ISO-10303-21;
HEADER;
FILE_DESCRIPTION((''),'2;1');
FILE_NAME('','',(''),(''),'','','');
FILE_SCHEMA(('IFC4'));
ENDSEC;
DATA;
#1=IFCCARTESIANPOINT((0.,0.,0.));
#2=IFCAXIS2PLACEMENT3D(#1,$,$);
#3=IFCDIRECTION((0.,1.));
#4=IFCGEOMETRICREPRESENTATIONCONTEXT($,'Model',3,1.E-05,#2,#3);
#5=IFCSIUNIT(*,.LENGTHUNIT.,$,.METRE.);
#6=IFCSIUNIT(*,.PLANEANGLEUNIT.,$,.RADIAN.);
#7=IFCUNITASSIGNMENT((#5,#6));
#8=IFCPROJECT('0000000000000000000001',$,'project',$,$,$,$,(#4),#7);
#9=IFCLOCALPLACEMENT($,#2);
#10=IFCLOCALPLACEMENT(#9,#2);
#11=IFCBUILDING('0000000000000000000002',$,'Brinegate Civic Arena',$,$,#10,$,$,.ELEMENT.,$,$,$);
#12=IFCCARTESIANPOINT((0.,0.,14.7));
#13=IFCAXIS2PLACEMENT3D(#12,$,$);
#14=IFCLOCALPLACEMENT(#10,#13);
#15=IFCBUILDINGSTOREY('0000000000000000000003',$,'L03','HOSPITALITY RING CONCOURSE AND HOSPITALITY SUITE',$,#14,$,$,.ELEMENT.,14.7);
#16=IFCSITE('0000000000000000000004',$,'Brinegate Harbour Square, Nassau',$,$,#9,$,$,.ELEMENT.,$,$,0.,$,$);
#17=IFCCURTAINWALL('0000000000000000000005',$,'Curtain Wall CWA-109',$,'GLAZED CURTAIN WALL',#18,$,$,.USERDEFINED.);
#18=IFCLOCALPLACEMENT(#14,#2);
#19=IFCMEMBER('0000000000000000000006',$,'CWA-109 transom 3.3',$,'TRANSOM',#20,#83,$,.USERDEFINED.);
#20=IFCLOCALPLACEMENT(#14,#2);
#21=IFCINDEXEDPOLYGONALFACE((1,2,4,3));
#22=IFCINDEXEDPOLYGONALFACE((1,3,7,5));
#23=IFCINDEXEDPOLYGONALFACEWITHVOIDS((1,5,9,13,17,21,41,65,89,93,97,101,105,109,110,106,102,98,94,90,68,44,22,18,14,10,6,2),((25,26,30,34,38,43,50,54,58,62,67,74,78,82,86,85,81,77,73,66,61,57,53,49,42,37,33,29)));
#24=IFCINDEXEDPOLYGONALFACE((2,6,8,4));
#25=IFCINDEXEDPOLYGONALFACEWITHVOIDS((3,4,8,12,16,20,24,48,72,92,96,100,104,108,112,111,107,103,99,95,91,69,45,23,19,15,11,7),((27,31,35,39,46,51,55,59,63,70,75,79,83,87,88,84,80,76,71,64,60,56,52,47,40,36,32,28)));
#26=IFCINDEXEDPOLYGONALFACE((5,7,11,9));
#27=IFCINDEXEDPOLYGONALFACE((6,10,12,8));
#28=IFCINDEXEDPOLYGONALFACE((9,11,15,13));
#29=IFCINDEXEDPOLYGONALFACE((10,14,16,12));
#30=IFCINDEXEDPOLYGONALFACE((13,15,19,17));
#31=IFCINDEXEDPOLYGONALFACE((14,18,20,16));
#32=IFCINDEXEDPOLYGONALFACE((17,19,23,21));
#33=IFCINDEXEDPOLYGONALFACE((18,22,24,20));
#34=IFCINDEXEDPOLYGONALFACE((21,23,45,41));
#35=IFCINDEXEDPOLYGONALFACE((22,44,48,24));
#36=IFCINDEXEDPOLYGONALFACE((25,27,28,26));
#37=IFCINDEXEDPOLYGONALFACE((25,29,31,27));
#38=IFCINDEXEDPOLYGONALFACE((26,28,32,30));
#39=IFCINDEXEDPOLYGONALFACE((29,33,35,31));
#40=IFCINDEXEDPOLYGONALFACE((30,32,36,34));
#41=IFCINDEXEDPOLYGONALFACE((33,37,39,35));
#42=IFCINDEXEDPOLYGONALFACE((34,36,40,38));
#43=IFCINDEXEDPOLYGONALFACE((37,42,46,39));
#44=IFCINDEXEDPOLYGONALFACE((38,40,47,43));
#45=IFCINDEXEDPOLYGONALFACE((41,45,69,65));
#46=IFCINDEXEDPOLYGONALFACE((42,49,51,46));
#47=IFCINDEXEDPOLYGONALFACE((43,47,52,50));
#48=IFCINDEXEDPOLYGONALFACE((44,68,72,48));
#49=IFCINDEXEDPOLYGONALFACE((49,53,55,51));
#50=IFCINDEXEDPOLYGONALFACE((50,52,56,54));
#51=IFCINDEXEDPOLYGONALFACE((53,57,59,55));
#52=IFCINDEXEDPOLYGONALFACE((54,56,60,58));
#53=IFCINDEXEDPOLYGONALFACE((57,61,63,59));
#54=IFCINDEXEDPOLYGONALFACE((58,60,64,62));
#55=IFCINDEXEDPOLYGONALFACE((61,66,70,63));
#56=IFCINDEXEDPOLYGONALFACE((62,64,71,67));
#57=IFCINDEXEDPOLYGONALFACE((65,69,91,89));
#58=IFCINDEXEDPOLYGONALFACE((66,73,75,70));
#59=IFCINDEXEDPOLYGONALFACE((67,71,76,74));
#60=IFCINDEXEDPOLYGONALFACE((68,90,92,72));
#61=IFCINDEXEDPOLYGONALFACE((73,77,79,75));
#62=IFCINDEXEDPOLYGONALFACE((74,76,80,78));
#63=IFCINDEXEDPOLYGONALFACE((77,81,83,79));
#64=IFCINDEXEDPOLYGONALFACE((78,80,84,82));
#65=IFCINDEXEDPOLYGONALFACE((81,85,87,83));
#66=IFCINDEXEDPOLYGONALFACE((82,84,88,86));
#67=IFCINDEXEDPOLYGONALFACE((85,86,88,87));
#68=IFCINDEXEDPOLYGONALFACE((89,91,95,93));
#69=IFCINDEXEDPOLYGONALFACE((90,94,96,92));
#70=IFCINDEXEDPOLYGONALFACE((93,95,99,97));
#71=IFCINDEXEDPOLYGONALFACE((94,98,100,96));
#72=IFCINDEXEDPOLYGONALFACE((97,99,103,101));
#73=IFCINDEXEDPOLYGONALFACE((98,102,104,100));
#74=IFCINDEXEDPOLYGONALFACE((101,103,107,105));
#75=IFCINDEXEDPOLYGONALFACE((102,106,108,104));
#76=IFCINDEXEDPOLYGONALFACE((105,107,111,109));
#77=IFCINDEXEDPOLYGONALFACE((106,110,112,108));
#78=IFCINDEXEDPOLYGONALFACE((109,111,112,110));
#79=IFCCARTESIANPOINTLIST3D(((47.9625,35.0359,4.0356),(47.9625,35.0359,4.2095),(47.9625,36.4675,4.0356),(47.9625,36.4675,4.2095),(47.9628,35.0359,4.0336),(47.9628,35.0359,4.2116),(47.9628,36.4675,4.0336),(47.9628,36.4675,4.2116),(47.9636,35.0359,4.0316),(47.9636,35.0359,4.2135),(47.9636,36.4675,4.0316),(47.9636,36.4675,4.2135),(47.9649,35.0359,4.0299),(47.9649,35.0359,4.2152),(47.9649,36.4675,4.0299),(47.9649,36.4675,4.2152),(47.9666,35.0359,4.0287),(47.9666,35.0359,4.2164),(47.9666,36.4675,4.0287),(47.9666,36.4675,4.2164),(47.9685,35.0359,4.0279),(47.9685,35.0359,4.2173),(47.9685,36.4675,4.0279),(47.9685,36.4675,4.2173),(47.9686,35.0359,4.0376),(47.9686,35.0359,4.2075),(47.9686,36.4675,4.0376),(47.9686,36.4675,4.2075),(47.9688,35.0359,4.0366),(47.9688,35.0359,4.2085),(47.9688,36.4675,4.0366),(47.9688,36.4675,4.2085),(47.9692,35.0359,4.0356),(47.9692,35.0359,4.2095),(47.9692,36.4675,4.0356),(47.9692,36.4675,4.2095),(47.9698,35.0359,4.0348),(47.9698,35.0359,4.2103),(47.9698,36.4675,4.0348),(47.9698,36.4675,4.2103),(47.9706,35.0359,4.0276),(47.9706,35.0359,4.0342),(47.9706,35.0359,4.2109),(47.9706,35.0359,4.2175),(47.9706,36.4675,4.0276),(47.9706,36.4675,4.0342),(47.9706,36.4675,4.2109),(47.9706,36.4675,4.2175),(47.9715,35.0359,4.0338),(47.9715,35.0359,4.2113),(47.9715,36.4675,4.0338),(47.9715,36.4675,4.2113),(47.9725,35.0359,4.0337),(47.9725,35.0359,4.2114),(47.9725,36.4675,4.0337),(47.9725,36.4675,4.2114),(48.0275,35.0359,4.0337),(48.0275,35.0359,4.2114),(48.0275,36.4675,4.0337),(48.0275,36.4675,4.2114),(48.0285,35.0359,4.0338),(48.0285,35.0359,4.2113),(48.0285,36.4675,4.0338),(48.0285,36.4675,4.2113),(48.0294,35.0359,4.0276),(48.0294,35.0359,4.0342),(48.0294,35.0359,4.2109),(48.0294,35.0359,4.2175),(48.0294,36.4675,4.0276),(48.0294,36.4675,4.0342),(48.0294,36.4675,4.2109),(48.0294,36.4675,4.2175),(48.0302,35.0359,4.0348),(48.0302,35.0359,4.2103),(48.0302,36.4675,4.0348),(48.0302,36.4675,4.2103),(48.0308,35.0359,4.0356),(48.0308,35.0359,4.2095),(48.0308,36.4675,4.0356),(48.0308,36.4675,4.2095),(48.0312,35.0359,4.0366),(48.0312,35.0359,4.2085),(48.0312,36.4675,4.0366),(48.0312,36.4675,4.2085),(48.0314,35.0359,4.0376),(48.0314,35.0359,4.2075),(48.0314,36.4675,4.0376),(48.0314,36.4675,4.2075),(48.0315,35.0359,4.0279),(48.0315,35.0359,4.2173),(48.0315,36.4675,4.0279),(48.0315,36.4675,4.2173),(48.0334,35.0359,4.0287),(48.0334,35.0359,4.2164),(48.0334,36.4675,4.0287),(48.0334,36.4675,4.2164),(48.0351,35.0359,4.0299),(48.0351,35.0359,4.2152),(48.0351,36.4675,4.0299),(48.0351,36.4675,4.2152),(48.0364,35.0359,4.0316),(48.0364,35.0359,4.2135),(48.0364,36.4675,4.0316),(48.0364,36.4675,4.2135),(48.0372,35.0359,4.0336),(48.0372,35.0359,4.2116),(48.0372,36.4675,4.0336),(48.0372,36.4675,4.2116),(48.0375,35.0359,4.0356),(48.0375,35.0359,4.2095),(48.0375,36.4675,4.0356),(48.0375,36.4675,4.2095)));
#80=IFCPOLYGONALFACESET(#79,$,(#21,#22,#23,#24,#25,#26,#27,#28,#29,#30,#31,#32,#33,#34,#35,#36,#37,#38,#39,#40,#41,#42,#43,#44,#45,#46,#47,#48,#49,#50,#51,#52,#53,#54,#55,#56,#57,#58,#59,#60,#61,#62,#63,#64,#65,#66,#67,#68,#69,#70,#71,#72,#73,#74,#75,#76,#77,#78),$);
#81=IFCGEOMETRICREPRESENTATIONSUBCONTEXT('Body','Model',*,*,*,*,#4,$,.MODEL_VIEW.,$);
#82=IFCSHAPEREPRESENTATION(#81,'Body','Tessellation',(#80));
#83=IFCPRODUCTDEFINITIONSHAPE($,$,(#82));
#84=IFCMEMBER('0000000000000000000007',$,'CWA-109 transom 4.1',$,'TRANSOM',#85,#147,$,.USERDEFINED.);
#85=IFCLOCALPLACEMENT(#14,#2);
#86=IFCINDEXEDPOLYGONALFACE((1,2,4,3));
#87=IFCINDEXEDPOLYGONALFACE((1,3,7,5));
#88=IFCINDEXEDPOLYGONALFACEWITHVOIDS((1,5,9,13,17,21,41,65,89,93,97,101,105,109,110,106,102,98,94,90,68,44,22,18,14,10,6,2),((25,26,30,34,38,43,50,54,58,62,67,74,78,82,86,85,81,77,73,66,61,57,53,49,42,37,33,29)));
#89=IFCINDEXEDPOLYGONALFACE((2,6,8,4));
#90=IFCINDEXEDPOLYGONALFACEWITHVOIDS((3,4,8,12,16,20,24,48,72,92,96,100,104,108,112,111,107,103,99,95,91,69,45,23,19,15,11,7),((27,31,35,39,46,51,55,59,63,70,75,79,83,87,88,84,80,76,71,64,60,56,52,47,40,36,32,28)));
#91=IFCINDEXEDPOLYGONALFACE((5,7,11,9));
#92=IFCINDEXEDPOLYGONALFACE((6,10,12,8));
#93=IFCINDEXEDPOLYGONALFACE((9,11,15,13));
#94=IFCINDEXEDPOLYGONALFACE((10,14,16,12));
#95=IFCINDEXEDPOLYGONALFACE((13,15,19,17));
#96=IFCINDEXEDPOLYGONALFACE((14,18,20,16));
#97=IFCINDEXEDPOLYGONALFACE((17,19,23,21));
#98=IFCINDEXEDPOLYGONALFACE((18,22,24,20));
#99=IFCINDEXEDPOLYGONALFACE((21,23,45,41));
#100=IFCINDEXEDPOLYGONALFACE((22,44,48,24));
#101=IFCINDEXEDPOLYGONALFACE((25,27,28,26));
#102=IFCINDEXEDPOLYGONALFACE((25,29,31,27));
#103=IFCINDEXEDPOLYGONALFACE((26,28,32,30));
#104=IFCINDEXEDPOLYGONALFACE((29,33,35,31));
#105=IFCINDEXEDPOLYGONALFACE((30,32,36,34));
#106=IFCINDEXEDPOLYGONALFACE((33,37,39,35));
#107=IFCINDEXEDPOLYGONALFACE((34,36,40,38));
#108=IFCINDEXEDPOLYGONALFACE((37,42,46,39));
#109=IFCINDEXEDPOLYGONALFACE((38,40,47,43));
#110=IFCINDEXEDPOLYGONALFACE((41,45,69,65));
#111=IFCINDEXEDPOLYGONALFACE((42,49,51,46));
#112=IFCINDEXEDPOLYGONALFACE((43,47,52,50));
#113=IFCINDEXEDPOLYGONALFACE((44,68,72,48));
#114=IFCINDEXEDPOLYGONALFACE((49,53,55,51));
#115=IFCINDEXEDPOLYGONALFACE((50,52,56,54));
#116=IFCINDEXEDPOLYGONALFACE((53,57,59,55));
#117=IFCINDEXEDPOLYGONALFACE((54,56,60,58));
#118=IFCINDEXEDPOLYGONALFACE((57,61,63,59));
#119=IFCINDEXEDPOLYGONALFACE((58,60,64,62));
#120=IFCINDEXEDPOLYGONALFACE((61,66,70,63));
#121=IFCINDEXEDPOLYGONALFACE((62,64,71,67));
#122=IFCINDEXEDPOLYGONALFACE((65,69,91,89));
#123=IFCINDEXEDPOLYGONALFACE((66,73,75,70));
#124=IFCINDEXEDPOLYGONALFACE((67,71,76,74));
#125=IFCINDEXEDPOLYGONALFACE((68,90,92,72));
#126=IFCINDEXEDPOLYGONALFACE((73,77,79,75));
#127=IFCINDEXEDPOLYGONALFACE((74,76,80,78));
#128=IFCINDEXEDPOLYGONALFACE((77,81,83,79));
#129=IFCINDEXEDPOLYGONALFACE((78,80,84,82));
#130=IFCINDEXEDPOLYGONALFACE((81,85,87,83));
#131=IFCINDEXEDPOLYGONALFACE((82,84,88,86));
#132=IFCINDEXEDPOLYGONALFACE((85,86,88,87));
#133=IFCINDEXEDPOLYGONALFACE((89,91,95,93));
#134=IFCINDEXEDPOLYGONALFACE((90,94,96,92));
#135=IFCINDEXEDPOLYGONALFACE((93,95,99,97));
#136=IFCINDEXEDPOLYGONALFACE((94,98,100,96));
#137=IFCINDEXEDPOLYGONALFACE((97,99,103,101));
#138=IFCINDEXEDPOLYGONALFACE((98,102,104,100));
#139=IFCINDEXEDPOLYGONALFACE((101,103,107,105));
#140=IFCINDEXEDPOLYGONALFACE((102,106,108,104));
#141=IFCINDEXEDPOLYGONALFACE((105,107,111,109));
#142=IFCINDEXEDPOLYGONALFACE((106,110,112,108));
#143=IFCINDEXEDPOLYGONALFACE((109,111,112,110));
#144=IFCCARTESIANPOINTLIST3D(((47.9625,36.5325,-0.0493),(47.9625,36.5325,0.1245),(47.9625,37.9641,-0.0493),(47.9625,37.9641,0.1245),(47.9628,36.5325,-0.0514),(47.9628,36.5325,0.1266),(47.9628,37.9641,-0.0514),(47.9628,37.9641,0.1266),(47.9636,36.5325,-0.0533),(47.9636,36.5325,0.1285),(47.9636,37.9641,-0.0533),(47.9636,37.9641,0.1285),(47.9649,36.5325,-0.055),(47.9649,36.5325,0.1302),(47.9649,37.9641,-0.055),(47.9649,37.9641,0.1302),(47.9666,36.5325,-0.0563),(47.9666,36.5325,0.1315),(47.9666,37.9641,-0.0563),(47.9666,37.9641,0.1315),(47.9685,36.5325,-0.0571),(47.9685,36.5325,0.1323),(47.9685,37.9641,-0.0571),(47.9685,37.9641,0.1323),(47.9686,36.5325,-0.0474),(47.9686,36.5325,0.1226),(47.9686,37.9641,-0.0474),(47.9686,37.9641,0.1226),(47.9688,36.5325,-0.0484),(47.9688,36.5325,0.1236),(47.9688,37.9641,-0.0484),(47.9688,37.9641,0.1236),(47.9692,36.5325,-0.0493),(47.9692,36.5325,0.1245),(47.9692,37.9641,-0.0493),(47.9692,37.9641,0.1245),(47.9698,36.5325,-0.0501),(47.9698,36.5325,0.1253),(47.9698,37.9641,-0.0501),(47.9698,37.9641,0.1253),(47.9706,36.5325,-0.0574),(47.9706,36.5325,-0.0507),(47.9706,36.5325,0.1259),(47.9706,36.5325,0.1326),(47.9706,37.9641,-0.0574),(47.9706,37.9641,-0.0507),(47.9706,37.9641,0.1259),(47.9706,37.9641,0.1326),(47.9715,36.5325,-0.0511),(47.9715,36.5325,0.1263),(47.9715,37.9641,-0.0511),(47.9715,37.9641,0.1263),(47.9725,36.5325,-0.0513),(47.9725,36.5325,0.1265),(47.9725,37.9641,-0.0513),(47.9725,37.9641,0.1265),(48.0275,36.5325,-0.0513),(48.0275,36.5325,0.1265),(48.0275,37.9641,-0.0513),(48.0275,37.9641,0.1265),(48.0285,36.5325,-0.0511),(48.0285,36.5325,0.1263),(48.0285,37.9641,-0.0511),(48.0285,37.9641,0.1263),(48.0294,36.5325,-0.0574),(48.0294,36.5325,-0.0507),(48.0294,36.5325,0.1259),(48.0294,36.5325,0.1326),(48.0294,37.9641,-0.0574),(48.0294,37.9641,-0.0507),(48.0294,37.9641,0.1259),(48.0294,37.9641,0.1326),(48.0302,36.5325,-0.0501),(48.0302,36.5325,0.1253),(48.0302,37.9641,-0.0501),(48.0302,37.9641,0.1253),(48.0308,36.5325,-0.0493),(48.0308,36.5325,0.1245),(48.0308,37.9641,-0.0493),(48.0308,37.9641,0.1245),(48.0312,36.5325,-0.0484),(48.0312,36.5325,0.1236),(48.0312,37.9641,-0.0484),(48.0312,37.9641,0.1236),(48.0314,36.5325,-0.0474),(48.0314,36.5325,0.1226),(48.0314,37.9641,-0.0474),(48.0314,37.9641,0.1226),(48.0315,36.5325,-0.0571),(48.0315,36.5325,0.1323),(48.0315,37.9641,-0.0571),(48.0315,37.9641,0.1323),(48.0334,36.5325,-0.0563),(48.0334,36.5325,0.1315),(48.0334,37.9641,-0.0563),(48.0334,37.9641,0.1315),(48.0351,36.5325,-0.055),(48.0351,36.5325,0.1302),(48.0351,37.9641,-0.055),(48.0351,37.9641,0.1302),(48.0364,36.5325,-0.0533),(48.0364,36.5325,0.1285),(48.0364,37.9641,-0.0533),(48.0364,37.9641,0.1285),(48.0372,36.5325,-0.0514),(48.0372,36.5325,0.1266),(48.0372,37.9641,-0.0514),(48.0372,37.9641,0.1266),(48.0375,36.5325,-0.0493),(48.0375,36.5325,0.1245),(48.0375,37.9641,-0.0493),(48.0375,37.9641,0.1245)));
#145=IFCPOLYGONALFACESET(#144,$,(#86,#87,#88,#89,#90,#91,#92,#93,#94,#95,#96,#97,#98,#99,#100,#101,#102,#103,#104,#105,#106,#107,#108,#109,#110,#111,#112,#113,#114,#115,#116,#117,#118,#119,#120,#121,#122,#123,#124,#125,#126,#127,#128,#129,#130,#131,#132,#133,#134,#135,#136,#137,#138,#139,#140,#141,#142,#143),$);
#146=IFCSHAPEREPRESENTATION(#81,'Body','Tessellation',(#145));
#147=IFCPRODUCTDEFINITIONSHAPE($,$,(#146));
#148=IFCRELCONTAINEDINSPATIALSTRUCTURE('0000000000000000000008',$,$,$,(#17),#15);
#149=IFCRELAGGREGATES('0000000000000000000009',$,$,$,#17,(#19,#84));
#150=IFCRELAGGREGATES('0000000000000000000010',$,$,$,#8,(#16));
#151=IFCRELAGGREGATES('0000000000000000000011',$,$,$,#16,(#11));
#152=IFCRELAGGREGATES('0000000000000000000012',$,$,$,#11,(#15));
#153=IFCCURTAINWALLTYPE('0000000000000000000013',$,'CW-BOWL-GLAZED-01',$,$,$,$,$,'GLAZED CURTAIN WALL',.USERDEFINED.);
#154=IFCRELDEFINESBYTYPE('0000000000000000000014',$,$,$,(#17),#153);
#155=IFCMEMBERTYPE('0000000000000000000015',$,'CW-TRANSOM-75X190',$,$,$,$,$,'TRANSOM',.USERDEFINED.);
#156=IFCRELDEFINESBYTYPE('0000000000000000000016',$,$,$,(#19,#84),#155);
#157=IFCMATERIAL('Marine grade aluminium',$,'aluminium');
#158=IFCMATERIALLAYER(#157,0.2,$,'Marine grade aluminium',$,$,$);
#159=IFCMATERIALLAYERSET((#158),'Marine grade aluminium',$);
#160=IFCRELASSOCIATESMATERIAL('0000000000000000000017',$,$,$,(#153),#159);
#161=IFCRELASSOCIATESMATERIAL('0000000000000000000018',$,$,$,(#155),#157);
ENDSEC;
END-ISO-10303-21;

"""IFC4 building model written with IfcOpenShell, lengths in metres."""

from ifc_helpers import new_model, si_unit, direction, frame, origin, origin_2d, place, context, subcontext, project, spatial, hollow_rectangle, extrude, material, layer, layer_set, material_profile, profile_set, type_object, element, aggregate, save


model = new_model("IFC4")

# Units and contexts
model_context = context("Model", 3, precision=1e-05, world=origin(), true_north=direction((0.0, 1.0)))
body_context = subcontext(model_context, "Body", "Model", "MODEL_VIEW")
ifc_project = project(units=[si_unit("LENGTHUNIT", "METRE"), si_unit("PLANEANGLEUNIT", "RADIAN")], contexts=[model_context])

# Site, building, storey
site_placement = place(None, origin())
site = spatial("IfcSite", under=ifc_project, at=site_placement, Name="Brinegate Harbour Square, Nassau", CompositionType="ELEMENT", RefElevation=0.0)
building_placement = place(site_placement, origin())
building = spatial("IfcBuilding", under=site, at=building_placement, Name="Brinegate Civic Arena", CompositionType="ELEMENT")
storey_placement = place(building_placement, frame((0.0, 0.0, 14.7)))
storey = spatial("IfcBuildingStorey", under=building, at=storey_placement, Name="L03", Description="HOSPITALITY RING CONCOURSE AND HOSPITALITY SUITE", CompositionType="ELEMENT", Elevation=14.7)

# Curtain wall
ifc_material_1 = material(Name="Marine grade aluminium", Category="aluminium")
ifc_layer_1 = layer(ifc_material_1, 0.2, Name="Marine grade aluminium")
ifc_layer_set_1 = layer_set([ifc_layer_1], Name="Marine grade aluminium")
curtain_wall_type = type_object("IfcCurtainWallType", Name="CW-BOWL-GLAZED-01", ElementType="GLAZED CURTAIN WALL", PredefinedType="USERDEFINED", material=ifc_layer_set_1)
curtain_wall_1_placement = place(storey_placement, origin())
curtain_wall_1 = element("IfcCurtainWall", 1, at=curtain_wall_1_placement, inside=storey, type_object=curtain_wall_type, Name="Curtain Wall CWA-109", ObjectType="GLAZED CURTAIN WALL", PredefinedType="USERDEFINED")

# Members
ifc_material_profile_1 = material_profile(ifc_material_1, hollow_rectangle(XDim=0.075, YDim=0.1899, WallThickness=0.0061, InnerFilletRadius=0.0039, OuterFilletRadius=0.0081, at=origin_2d()), Name="TRN75X190")
ifc_profile_set_1 = profile_set([ifc_material_profile_1], Name="Marine grade aluminium")
member_type_1 = type_object("IfcMemberType", Name="CW-TRANSOM-75X190", ElementType="TRANSOM", PredefinedType="USERDEFINED", material=ifc_profile_set_1)
member_1_placement = place(storey_placement, frame((48.0, 35.0359, 4.1226), z_axis=(0.0, 1.0, 0.0), x_axis=(-1.0, 0.0, 0.0)))
member_1 = element("IfcMember", 2, at=member_1_placement, type_object=member_type_1, Name="CWA-109 transom 3.3", ObjectType="TRANSOM", PredefinedType="USERDEFINED", context=body_context, shape_type="SweptSolid", body=[
    extrude(hollow_rectangle(XDim=0.075, YDim=0.1899, WallThickness=0.0061, InnerFilletRadius=0.0039, OuterFilletRadius=0.0081, at=origin_2d()), origin(), (0.0, 0.0, 1.0), 1.4316),
])
member_2_placement = place(storey_placement, frame((48.0, 36.5325, 0.0376), z_axis=(0.0, 1.0, 0.0), x_axis=(-1.0, 0.0, 0.0)))
member_2 = element("IfcMember", 3, at=member_2_placement, type_object=member_type_1, Name="CWA-109 transom 4.1", ObjectType="TRANSOM", PredefinedType="USERDEFINED", context=body_context, shape_type="SweptSolid", body=[
    extrude(hollow_rectangle(XDim=0.075, YDim=0.1899, WallThickness=0.0061, InnerFilletRadius=0.0039, OuterFilletRadius=0.0081, at=origin_2d()), origin(), (0.0, 0.0, 1.0), 1.4316),
])

aggregate(curtain_wall_1, [member_1, member_2])

save(model, "model.ifc")
